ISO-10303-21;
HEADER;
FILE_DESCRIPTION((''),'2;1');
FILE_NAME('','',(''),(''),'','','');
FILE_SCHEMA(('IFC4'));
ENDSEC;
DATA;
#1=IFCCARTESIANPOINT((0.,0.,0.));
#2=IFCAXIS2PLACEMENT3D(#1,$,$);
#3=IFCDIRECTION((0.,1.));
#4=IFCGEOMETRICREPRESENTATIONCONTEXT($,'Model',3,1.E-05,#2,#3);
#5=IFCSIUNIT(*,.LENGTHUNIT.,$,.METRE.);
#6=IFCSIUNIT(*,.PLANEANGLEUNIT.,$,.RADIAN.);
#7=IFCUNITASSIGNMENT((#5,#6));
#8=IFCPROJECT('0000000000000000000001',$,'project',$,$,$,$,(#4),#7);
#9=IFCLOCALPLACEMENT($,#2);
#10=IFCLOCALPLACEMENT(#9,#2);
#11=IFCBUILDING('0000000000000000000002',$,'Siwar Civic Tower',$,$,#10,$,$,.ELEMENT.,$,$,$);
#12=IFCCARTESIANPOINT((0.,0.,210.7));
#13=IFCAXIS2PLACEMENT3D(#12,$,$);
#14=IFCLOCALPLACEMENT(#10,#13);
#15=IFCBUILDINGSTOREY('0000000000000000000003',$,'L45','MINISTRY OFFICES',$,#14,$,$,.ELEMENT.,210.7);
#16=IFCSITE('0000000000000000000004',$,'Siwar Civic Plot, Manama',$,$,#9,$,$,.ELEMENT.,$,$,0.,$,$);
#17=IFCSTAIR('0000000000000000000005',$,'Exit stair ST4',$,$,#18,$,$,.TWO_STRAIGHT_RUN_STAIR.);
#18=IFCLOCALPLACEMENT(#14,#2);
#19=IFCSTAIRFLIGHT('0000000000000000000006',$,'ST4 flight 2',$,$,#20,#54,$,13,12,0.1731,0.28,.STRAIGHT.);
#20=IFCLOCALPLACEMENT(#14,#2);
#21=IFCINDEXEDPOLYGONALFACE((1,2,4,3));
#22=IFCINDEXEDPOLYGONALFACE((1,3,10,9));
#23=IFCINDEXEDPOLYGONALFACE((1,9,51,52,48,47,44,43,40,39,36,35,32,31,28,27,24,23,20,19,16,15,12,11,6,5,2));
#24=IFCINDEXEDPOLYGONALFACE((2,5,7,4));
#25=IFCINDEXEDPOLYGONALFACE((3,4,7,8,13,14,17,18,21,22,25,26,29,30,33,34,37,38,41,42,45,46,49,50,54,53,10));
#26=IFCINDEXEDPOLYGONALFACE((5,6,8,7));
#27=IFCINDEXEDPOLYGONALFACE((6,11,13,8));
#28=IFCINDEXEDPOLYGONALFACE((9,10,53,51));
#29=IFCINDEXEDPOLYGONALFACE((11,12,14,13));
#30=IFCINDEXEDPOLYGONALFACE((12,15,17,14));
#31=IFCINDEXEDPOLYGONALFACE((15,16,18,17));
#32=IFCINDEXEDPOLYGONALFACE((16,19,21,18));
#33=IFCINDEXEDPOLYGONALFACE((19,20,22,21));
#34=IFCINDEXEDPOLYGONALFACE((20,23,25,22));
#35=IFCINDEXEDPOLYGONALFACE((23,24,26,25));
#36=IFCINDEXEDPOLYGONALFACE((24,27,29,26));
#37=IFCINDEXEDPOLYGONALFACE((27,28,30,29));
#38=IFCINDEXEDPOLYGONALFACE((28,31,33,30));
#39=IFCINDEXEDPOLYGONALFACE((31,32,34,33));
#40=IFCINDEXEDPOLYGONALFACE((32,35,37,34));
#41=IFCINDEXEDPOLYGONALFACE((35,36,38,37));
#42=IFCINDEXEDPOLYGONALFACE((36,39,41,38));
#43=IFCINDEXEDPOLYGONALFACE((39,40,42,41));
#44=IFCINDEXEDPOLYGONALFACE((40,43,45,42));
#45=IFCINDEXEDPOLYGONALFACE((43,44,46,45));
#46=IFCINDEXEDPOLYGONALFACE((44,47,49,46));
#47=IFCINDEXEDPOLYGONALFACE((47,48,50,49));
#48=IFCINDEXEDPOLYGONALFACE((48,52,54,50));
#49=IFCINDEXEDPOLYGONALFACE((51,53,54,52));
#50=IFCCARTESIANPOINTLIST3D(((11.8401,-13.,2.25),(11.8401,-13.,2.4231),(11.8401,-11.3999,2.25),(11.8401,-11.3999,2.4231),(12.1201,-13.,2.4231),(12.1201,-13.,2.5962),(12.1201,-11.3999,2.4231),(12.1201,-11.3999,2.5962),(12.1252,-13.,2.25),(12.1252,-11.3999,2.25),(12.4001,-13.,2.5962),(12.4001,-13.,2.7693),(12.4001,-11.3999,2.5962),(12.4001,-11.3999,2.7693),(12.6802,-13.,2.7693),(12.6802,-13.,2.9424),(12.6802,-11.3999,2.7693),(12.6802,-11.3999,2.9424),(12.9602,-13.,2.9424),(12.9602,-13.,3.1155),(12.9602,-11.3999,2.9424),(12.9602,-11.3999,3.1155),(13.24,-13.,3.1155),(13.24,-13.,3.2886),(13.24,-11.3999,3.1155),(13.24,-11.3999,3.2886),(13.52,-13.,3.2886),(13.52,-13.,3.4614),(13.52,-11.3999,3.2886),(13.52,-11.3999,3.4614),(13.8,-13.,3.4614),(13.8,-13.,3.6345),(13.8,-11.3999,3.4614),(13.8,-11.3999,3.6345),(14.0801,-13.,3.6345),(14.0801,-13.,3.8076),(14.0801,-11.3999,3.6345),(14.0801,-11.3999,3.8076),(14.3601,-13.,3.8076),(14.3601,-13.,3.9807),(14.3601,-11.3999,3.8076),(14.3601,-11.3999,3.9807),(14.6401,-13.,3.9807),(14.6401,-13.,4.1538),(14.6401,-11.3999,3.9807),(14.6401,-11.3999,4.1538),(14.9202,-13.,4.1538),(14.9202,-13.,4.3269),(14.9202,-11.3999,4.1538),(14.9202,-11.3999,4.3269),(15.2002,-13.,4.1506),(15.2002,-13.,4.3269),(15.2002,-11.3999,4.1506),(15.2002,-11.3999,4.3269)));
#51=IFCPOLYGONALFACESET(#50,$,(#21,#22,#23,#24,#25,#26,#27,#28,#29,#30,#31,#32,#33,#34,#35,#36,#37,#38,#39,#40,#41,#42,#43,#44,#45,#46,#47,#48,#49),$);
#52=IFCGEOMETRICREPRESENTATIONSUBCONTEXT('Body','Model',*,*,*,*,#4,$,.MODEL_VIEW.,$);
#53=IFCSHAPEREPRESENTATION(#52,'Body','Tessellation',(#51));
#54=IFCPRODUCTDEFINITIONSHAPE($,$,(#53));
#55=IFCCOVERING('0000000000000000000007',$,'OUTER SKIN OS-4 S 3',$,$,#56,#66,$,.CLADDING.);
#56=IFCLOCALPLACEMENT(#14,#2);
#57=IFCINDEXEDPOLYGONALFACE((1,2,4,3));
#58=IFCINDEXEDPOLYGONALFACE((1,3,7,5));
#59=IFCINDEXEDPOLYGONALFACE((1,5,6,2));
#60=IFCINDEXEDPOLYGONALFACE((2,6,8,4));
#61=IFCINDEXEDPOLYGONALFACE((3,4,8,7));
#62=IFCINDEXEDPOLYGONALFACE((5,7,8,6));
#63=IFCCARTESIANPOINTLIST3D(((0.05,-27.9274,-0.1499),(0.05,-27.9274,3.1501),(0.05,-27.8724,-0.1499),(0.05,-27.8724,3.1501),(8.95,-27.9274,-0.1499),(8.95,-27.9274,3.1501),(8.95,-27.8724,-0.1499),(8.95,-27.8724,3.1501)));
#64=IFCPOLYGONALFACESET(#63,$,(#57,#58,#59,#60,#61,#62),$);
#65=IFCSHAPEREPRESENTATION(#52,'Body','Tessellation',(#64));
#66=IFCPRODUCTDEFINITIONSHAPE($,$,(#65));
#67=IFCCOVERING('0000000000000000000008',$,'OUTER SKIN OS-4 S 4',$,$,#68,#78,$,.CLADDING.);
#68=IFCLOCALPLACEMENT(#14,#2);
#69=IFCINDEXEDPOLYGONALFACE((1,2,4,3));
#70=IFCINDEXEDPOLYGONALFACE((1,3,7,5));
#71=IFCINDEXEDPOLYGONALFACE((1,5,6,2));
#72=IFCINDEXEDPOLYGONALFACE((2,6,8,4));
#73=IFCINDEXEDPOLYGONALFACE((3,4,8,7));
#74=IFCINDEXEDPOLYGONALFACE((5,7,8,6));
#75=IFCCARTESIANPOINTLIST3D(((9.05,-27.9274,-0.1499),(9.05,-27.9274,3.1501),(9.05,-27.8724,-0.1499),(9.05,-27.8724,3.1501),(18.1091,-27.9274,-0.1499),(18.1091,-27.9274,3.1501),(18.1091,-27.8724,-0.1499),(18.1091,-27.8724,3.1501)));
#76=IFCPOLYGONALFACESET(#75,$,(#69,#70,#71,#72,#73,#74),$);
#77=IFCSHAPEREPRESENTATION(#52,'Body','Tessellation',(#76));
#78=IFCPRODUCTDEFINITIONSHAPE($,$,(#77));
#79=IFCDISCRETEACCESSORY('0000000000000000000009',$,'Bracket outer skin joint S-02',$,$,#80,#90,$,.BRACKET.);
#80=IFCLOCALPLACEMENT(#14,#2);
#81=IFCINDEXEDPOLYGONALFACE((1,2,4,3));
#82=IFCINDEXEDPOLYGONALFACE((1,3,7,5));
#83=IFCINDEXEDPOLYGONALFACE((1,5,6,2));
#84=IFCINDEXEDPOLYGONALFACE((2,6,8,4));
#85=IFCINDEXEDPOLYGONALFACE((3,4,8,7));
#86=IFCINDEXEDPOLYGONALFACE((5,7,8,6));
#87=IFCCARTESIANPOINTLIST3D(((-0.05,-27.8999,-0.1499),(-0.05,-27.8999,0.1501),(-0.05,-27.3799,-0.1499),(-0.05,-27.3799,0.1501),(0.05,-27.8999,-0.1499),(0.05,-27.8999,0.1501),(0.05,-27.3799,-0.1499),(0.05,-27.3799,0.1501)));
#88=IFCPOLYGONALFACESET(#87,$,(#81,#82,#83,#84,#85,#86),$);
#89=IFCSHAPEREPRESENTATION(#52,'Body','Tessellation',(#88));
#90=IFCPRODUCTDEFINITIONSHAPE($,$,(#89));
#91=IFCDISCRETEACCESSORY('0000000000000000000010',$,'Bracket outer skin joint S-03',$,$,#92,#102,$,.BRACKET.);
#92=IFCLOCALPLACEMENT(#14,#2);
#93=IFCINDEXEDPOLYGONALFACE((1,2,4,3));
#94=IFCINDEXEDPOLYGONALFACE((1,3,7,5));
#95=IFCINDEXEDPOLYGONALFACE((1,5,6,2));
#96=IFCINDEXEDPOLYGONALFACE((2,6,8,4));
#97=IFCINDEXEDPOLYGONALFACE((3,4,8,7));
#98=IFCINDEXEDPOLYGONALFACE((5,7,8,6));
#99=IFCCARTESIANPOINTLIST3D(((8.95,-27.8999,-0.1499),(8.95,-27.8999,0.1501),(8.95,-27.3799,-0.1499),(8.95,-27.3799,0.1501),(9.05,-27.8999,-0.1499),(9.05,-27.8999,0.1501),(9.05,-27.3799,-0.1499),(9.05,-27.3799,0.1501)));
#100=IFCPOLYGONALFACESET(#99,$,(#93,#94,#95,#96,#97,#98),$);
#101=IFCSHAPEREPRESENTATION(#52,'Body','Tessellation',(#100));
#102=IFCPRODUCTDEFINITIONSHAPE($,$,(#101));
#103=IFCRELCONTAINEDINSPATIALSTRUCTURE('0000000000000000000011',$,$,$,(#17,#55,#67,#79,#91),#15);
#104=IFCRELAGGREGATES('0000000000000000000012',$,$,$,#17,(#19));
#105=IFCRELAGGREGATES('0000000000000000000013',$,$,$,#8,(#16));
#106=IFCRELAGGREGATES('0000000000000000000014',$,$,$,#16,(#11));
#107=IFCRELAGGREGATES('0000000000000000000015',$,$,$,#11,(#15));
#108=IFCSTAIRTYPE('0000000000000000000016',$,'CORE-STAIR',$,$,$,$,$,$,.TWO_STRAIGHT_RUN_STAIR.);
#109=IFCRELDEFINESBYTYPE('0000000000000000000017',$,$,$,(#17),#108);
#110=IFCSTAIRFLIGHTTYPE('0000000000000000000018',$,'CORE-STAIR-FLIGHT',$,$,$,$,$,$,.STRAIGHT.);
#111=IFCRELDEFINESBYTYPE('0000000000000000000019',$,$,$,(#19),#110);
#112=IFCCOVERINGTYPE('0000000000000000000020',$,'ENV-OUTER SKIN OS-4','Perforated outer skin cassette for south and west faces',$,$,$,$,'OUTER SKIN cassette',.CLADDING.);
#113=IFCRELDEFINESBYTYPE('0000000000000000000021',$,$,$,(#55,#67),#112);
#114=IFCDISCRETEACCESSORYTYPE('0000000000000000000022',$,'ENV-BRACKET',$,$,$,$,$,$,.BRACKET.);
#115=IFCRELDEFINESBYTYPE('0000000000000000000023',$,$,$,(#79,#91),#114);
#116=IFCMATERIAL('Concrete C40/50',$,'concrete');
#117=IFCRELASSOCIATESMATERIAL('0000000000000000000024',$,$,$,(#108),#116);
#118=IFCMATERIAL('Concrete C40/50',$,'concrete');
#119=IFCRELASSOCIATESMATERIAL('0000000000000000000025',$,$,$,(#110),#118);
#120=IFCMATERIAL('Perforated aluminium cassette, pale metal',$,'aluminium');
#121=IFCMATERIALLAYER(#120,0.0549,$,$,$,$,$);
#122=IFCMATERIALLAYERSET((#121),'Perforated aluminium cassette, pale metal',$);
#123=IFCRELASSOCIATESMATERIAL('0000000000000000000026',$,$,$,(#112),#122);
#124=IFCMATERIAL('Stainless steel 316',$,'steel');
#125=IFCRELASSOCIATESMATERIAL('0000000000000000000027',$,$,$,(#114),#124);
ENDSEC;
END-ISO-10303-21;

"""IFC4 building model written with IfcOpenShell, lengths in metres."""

from ifc_helpers import new_model, si_unit, direction, frame, origin, origin_2d, place, context, subcontext, project, spatial, polyline, rectangle, outline, extrude, material, layer, layer_set, type_object, element, aggregate, save


model = new_model("IFC4")

# Units and contexts
model_context = context("Model", 3, precision=1e-05, world=origin(), true_north=direction((0.0, 1.0)))
body_context = subcontext(model_context, "Body", "Model", "MODEL_VIEW")
ifc_project = project(units=[si_unit("LENGTHUNIT", "METRE"), si_unit("PLANEANGLEUNIT", "RADIAN")], contexts=[model_context])

# Site, building, storey
site_placement = place(None, origin())
site = spatial("IfcSite", under=ifc_project, at=site_placement, Name="Siwar Civic Plot, Manama", CompositionType="ELEMENT", RefElevation=0.0)
building_placement = place(site_placement, origin())
building = spatial("IfcBuilding", under=site, at=building_placement, Name="Siwar Civic Tower", CompositionType="ELEMENT")
storey_placement = place(building_placement, frame((0.0, 0.0, 210.7)))
storey = spatial("IfcBuildingStorey", under=building, at=storey_placement, Name="L45", Description="MINISTRY OFFICES", CompositionType="ELEMENT", Elevation=210.7)

# Stair, stair flight
ifc_material_1 = material(Name="Concrete C40/50", Category="concrete")
stair_type = type_object("IfcStairType", Name="CORE-STAIR", PredefinedType="TWO_STRAIGHT_RUN_STAIR", material=ifc_material_1)
stair_placement = place(storey_placement, origin())
stair = element("IfcStair", 1, at=stair_placement, inside=storey, type_object=stair_type, Name="Exit stair ST4", PredefinedType="TWO_STRAIGHT_RUN_STAIR")
ifc_material_2 = material(Name="Concrete C40/50", Category="concrete")
stair_flight_type = type_object("IfcStairFlightType", Name="CORE-STAIR-FLIGHT", PredefinedType="STRAIGHT", material=ifc_material_2)
stair_flight_placement = place(storey_placement, frame((11.8401, -12.2, 2.25), z_axis=(0.0, 0.0, 1.0), x_axis=(1.0, 0.0, 0.0)))
stair_flight = element("IfcStairFlight", 2, at=stair_flight_placement, type_object=stair_flight_type, Name="ST4 flight 2", NumberOfRisers=13, NumberOfTreads=12, PredefinedType="STRAIGHT", RiserHeight=0.1731, TreadLength=0.28, context=body_context, shape_type="SweptSolid", body=[
    extrude(outline(polyline([(0.0, 0.0), (0.0, 0.1731), (0.28, 0.1731), (0.28, 0.3462), (0.5601, 0.3462), (0.5601, 0.5193), (0.8401, 0.5193), (0.8401, 0.6924), (1.1201, 0.6924), (1.1201, 0.8655), (1.3999, 0.8655), (1.3999, 1.0386), (1.6799, 1.0386), (1.6799, 1.2114), (1.96, 1.2114), (1.96, 1.3845), (2.24, 1.3845), (2.24, 1.5576), (2.52, 1.5576), (2.52, 1.7307), (2.8, 1.7307), (2.8, 1.9038), (3.0801, 1.9038), (3.0801, 2.0769), (3.3601, 2.0769), (3.3601, 2.25), (3.3601, 1.9006), (0.2852, 0.0), (0.0, 0.0)])), frame((0.0, 0.8, 0.0), z_axis=(0.0, -1.0, 0.0), x_axis=(1.0, 0.0, 0.0)), (0.0, 0.0, 1.0), 1.6001),
])
aggregate(stair, [stair_flight])

# Coverings
ifc_material_3 = material(Name="Perforated aluminium cassette, pale metal", Category="aluminium")
ifc_layer_1 = layer(ifc_material_3, 0.0549)
ifc_layer_set_1 = layer_set([ifc_layer_1], Name="Perforated aluminium cassette, pale metal")
covering_type = type_object("IfcCoveringType", Name="ENV-OUTER SKIN OS-4", Description="Perforated outer skin cassette for south and west faces", ElementType="OUTER SKIN cassette", PredefinedType="CLADDING", material=ifc_layer_set_1)
covering_1_placement = place(storey_placement, frame((4.5, -27.8999, -0.1499), z_axis=(0.0, 0.0, 1.0), x_axis=(1.0, 0.0, 0.0)))
element("IfcCovering", 3, at=covering_1_placement, inside=storey, type_object=covering_type, Name="OUTER SKIN OS-4 S 3", PredefinedType="CLADDING", context=body_context, shape_type="SweptSolid", body=[
    extrude(rectangle(XDim=8.8999, YDim=0.0549, at=origin_2d()), origin(), (0.0, 0.0, 1.0), 3.3),
])
covering_2_placement = place(storey_placement, frame((13.5796, -27.8999, -0.1499), z_axis=(0.0, 0.0, 1.0), x_axis=(1.0, 0.0, 0.0)))
element("IfcCovering", 4, at=covering_2_placement, inside=storey, type_object=covering_type, Name="OUTER SKIN OS-4 S 4", PredefinedType="CLADDING", context=body_context, shape_type="SweptSolid", body=[
    extrude(rectangle(XDim=9.0591, YDim=0.0549, at=origin_2d()), origin(), (0.0, 0.0, 1.0), 3.3),
])

# Discrete accessories
ifc_material_4 = material(Name="Stainless steel 316", Category="steel")
discrete_accessory_type = type_object("IfcDiscreteAccessoryType", Name="ENV-BRACKET", PredefinedType="BRACKET", material=ifc_material_4)
for number, where, z_axis, x_axis, name in (
    (5, (0.0, -27.6399, -0.1499), (0.0, 0.0, 1.0), (0.0, -1.0, 0.0), "Bracket outer skin joint S-02"),
    (6, (9.0, -27.6399, -0.1499), (0.0, 0.0, 1.0), (0.0, -1.0, 0.0), "Bracket outer skin joint S-03"),
):
    element("IfcDiscreteAccessory", number, at=place(storey_placement, frame(where, z_axis=z_axis, x_axis=x_axis)), inside=storey, type_object=discrete_accessory_type, Name=name, PredefinedType="BRACKET", context=body_context, shape_type="SweptSolid", body=[
        extrude(rectangle(XDim=0.52, YDim=0.1001, at=origin_2d()), origin(), (0.0, 0.0, 1.0), 0.3),
    ])

save(model, "model.ifc")
